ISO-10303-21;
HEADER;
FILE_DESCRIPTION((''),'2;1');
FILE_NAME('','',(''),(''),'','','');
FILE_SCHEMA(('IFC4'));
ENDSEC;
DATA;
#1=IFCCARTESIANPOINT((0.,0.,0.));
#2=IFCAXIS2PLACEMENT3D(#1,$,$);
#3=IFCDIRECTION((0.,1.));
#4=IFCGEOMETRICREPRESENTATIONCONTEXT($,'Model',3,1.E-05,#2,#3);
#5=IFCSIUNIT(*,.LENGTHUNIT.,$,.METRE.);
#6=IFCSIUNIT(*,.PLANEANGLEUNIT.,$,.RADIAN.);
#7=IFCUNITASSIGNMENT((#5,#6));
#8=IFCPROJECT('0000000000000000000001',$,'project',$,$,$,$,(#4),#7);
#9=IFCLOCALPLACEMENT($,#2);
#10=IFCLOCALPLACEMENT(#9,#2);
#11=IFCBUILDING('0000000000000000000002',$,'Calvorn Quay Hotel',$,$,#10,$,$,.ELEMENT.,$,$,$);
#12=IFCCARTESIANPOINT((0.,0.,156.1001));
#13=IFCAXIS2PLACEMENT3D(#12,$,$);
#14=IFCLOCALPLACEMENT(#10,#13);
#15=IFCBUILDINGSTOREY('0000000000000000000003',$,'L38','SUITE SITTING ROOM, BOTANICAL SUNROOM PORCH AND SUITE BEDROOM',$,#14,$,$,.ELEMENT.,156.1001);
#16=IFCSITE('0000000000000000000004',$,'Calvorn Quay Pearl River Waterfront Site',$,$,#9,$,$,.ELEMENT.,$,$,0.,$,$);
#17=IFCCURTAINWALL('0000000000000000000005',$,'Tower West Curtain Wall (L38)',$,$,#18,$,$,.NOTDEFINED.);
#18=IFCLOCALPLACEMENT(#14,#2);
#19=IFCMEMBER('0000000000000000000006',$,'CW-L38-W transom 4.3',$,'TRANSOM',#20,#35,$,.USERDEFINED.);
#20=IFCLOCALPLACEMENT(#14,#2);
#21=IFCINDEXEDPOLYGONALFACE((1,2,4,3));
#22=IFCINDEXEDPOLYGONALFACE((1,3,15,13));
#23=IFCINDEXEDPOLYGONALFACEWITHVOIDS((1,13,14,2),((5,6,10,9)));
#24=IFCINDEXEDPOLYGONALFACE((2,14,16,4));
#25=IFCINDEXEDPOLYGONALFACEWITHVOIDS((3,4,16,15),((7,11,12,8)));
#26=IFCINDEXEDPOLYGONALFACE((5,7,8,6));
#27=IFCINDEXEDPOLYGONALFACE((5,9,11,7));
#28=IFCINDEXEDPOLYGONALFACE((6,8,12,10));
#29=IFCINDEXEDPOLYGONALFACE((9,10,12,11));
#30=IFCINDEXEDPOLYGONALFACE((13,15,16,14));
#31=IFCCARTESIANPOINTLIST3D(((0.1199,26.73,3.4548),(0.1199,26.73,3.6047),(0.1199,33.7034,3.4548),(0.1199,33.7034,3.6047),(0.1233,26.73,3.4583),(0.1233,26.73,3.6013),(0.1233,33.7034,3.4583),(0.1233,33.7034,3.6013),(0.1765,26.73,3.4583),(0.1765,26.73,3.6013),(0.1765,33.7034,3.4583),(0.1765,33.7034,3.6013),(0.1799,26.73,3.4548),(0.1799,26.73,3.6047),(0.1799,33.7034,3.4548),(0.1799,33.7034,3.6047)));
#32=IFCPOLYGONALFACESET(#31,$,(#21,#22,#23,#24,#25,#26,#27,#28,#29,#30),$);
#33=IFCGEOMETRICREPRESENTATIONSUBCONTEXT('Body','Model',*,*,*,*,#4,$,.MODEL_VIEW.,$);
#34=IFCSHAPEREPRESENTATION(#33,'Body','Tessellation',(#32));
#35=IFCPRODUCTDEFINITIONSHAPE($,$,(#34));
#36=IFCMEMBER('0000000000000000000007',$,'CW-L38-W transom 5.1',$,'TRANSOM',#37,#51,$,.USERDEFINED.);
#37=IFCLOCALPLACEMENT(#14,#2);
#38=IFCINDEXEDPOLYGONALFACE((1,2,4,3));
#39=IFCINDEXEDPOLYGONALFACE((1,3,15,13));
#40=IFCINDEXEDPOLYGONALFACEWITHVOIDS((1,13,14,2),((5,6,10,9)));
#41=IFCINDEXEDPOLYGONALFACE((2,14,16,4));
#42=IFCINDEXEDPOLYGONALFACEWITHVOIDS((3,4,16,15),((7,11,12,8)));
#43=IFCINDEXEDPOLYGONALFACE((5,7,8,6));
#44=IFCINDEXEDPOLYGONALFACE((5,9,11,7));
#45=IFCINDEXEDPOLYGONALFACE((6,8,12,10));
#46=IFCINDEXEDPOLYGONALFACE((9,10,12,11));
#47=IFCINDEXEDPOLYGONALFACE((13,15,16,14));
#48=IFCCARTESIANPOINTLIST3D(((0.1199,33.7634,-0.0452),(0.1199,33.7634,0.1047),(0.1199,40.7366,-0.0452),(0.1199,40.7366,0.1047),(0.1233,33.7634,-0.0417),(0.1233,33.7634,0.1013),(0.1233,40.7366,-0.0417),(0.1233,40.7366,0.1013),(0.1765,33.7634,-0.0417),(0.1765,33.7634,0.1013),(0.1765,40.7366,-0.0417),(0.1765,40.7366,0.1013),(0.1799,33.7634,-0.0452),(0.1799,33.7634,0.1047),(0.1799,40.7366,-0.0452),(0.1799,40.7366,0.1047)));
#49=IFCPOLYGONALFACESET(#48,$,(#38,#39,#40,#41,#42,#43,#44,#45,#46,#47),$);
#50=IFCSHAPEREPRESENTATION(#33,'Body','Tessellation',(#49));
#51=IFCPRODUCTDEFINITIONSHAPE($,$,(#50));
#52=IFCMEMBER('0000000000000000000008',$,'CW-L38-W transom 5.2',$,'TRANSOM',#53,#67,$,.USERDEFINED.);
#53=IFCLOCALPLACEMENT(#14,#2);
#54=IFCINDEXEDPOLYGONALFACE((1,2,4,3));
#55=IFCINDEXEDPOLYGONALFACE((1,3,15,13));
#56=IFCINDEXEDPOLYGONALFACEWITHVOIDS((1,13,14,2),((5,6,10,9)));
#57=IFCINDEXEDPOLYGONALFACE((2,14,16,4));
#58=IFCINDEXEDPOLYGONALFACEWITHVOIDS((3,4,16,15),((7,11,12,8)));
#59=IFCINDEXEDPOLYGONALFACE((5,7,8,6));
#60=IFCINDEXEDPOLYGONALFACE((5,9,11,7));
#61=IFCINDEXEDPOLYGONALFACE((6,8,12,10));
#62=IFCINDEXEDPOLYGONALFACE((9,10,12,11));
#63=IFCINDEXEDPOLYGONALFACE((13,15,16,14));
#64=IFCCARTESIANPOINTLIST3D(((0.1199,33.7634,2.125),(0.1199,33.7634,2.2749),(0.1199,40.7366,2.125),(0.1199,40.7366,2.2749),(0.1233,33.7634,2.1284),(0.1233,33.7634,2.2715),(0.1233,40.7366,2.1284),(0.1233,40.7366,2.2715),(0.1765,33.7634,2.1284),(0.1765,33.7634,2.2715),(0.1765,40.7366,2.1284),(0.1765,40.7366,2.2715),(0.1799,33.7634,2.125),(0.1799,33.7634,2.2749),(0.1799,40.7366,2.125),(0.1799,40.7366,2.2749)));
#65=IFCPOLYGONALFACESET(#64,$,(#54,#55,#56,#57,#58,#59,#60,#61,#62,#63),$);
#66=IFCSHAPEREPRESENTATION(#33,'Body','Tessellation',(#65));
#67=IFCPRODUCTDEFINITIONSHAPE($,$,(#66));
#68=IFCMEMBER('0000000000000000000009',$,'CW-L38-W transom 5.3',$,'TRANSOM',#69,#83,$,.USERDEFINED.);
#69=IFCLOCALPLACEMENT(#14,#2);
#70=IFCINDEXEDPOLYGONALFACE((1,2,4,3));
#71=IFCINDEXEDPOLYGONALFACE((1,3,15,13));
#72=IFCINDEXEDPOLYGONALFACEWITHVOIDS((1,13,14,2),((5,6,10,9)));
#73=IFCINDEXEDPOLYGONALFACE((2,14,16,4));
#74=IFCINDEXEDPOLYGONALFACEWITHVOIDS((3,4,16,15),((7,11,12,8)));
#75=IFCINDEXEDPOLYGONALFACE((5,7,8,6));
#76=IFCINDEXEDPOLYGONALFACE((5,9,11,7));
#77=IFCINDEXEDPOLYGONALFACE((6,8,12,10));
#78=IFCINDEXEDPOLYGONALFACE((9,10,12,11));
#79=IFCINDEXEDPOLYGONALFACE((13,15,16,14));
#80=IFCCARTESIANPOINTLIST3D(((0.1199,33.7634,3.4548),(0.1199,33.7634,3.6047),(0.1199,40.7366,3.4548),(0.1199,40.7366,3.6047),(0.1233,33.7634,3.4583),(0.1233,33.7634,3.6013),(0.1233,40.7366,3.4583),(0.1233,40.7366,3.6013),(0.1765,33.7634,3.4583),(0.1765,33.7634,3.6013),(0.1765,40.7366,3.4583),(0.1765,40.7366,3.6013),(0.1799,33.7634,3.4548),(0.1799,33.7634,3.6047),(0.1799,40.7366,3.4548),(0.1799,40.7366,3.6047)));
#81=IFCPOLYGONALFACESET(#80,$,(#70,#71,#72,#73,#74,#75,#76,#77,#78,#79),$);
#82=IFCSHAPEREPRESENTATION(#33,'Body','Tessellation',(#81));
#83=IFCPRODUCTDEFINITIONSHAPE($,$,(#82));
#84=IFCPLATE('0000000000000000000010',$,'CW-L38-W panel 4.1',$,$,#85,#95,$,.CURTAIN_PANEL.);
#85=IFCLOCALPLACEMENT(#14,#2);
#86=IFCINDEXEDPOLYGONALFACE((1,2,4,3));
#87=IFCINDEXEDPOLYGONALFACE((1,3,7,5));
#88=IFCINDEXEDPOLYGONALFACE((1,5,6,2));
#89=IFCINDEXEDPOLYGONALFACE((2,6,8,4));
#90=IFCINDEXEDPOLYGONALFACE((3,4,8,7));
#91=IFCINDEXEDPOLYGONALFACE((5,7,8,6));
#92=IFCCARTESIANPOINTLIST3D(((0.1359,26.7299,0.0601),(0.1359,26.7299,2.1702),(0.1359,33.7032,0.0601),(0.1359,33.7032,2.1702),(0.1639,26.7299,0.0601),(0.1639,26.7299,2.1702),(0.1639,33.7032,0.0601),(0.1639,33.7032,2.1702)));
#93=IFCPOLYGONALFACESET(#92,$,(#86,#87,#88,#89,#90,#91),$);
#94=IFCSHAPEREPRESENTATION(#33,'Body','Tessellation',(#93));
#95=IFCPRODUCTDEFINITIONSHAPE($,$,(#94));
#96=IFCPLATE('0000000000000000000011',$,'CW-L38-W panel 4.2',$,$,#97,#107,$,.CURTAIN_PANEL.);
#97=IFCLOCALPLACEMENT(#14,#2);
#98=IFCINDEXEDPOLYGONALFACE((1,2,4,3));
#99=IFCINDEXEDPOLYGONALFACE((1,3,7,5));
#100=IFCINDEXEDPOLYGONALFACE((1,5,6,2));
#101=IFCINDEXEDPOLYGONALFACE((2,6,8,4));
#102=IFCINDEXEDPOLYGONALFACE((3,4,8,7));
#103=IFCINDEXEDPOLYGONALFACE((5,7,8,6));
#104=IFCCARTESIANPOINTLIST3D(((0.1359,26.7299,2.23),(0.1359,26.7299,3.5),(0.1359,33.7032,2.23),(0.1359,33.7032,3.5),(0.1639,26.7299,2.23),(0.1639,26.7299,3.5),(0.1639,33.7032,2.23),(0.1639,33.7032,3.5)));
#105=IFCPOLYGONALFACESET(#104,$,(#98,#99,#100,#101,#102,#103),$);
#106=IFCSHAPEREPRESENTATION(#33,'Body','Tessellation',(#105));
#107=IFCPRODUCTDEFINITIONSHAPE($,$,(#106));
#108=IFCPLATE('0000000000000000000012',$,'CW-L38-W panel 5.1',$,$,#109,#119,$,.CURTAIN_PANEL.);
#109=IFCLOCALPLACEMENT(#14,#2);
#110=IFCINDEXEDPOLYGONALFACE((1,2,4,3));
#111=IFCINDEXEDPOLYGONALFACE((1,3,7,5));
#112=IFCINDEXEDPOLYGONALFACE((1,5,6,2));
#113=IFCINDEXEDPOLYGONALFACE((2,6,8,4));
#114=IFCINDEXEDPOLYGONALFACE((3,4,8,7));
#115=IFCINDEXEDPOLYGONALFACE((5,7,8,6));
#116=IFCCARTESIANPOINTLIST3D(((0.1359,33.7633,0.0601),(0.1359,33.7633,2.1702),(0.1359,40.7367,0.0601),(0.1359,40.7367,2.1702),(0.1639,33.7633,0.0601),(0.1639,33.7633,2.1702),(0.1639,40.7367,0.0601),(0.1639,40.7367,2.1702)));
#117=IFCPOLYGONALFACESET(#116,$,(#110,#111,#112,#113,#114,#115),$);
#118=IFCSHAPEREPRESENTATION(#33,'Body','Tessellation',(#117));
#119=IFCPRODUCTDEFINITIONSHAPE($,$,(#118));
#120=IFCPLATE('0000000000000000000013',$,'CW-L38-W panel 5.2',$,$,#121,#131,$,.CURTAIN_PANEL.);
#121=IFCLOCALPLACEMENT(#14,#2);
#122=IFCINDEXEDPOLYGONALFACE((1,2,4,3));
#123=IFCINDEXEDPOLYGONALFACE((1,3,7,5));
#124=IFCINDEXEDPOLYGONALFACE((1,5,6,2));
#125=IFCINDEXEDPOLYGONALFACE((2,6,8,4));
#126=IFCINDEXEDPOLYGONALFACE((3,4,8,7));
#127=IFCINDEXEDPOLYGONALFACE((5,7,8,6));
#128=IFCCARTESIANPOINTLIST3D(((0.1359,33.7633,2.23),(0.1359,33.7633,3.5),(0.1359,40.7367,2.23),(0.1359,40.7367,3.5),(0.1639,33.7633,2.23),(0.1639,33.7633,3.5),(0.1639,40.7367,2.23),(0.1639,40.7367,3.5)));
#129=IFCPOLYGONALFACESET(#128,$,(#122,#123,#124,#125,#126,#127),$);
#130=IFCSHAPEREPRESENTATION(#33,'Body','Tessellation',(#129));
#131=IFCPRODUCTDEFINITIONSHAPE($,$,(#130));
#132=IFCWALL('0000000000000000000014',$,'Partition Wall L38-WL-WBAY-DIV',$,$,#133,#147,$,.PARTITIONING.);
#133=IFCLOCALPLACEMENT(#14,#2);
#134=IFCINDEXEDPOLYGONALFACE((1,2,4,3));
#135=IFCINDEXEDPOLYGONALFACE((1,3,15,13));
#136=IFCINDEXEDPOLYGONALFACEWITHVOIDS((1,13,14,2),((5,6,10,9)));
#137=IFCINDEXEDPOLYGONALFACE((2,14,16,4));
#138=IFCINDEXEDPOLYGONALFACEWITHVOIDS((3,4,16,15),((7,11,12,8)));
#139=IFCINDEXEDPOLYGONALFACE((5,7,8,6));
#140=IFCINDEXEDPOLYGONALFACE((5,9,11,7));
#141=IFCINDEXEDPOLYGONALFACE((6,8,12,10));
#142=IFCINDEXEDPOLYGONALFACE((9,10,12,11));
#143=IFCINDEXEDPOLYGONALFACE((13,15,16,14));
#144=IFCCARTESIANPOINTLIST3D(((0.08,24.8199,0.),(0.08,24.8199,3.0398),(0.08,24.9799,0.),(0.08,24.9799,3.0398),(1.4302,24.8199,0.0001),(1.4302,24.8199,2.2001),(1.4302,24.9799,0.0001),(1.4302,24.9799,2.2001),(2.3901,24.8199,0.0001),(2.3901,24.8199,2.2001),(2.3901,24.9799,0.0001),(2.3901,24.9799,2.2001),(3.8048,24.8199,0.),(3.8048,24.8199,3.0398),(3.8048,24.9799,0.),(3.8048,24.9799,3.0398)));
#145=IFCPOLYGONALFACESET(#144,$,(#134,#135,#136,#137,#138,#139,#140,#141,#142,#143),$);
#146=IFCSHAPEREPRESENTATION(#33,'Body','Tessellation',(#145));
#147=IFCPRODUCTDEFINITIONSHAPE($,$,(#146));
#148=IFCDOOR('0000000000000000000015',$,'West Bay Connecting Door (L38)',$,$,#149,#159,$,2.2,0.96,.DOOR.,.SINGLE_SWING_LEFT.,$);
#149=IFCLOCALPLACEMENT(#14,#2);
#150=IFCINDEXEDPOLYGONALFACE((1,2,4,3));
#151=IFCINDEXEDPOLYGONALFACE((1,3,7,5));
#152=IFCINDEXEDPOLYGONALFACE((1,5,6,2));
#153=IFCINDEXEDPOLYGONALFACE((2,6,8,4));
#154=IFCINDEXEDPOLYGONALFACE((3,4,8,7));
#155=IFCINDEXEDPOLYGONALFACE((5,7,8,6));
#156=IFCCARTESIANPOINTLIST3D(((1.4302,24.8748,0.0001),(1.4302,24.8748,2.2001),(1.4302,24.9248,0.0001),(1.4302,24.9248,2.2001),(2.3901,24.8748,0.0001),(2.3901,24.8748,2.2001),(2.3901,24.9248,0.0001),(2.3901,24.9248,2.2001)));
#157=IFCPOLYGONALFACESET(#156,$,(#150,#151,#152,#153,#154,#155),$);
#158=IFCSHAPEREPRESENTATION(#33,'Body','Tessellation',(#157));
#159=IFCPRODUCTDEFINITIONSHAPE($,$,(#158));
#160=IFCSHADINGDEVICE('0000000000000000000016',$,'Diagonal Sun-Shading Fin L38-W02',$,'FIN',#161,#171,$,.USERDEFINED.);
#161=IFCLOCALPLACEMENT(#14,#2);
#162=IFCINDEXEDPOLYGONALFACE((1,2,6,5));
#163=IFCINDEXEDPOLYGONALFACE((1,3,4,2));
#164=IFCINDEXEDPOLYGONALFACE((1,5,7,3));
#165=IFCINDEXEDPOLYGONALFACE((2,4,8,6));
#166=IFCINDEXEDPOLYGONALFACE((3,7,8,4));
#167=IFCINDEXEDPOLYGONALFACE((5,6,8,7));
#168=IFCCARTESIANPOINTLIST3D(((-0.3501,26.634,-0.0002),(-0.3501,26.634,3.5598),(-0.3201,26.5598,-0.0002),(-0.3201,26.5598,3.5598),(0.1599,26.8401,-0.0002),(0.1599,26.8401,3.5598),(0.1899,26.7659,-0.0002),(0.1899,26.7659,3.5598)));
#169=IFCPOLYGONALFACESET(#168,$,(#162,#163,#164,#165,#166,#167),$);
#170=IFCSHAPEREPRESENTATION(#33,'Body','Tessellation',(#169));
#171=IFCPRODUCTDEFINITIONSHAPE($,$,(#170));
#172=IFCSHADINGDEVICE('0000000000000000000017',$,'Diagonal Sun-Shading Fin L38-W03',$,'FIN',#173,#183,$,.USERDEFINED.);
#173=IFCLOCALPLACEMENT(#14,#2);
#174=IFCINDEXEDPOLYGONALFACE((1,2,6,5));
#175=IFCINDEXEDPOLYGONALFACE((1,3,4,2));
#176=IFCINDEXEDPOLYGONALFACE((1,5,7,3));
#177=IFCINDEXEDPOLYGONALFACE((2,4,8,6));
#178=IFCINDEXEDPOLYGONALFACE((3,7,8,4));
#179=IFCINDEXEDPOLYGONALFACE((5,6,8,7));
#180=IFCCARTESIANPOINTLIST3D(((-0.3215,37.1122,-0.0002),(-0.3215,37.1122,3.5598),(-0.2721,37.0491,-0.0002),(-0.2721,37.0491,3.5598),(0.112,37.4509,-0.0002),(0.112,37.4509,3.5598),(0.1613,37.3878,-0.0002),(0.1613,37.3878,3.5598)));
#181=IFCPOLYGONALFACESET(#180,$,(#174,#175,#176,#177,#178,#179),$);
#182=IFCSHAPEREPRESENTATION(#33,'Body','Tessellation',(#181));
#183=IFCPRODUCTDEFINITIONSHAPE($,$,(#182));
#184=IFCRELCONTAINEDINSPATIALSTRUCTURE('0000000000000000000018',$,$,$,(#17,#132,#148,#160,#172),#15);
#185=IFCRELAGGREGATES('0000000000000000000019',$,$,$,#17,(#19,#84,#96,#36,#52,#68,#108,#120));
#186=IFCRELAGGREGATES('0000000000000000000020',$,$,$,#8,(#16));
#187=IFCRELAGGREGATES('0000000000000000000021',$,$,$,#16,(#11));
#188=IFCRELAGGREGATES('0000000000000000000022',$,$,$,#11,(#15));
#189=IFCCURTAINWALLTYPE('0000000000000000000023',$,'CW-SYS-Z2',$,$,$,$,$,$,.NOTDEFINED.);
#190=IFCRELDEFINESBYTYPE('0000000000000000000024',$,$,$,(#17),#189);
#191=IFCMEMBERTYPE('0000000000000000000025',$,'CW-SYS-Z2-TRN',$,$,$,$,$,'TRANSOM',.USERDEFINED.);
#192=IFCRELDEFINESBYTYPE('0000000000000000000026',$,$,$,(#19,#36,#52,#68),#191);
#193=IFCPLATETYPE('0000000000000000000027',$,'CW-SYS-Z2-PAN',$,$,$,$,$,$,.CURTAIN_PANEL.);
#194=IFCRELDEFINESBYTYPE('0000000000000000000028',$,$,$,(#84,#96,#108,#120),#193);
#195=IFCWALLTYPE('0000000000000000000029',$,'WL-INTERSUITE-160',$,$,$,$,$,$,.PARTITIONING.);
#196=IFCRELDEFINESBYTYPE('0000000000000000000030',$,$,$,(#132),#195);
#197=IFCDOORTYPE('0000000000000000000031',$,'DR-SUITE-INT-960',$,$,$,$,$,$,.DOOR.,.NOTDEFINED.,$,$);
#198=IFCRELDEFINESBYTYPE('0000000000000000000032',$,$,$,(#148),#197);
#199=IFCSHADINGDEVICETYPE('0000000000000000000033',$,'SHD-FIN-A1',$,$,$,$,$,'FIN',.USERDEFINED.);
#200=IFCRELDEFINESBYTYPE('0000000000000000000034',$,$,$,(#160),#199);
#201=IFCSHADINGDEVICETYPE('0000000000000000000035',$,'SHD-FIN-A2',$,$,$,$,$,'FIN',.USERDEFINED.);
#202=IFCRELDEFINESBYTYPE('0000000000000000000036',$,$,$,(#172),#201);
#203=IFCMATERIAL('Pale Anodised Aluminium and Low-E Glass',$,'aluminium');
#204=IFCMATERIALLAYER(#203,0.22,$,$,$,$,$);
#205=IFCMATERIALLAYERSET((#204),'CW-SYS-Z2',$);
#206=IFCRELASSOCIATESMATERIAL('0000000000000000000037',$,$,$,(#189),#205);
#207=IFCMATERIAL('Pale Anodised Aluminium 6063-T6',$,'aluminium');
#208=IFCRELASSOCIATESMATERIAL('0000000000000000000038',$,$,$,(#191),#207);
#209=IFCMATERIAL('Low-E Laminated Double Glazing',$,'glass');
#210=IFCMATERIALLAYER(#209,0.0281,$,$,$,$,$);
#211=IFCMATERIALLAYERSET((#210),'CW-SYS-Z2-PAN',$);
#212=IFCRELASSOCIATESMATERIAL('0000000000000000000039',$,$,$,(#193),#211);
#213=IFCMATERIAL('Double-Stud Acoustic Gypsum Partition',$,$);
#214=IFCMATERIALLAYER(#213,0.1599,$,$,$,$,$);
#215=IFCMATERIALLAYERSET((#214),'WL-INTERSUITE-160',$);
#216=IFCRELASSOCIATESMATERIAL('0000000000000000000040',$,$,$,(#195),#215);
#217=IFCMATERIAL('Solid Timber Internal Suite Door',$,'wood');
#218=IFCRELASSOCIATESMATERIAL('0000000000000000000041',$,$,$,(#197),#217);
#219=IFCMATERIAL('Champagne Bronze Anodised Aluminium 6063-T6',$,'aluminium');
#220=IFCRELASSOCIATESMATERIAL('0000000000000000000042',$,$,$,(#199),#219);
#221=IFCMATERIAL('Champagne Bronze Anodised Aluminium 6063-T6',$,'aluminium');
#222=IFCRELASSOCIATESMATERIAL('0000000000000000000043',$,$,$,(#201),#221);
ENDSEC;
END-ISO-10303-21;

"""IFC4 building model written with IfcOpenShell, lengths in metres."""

from ifc_helpers import new_model, si_unit, direction, frame, frame_2d, origin, origin_2d, place, context, subcontext, project, spatial, rectangle, hollow_rectangle, extrude, material, layer, layer_set, material_profile, profile_set, type_object, element, fill, aggregate, save


model = new_model("IFC4")

# Units and contexts
model_context = context("Model", 3, precision=1e-05, world=origin(), true_north=direction((0.0, 1.0)))
body_context = subcontext(model_context, "Body", "Model", "MODEL_VIEW")
ifc_project = project(units=[si_unit("LENGTHUNIT", "METRE"), si_unit("PLANEANGLEUNIT", "RADIAN")], contexts=[model_context])

# Site, building, storey
site_placement = place(None, origin())
site = spatial("IfcSite", under=ifc_project, at=site_placement, Name="Calvorn Quay Pearl River Waterfront Site", CompositionType="ELEMENT", RefElevation=0.0)
building_placement = place(site_placement, origin())
building = spatial("IfcBuilding", under=site, at=building_placement, Name="Calvorn Quay Hotel", CompositionType="ELEMENT")
storey_placement = place(building_placement, frame((0.0, 0.0, 156.1001)))
storey = spatial("IfcBuildingStorey", under=building, at=storey_placement, Name="L38", Description="SUITE SITTING ROOM, BOTANICAL SUNROOM PORCH AND SUITE BEDROOM", CompositionType="ELEMENT", Elevation=156.1001)

# Curtain wall, members, plates
ifc_material_1 = material(Name="Pale Anodised Aluminium and Low-E Glass", Category="aluminium")
ifc_layer_1 = layer(ifc_material_1, 0.22)
ifc_layer_set_1 = layer_set([ifc_layer_1], Name="CW-SYS-Z2")
curtain_wall_type = type_object("IfcCurtainWallType", Name="CW-SYS-Z2", PredefinedType="NOTDEFINED", material=ifc_layer_set_1)
curtain_wall_placement = place(storey_placement, origin())
curtain_wall = element("IfcCurtainWall", 1, at=curtain_wall_placement, inside=storey, type_object=curtain_wall_type, Name="Tower West Curtain Wall (L38)", PredefinedType="NOTDEFINED")
ifc_material_2 = material(Name="Pale Anodised Aluminium 6063-T6", Category="aluminium")
ifc_material_profile_1 = material_profile(ifc_material_2, hollow_rectangle(XDim=0.0601, YDim=0.1499, WallThickness=0.0034, at=origin_2d()), Name="ALU-T150x60x3.5")
ifc_profile_set_1 = profile_set([ifc_material_profile_1], Name="Pale Anodised Aluminium 6063-T6")
member_type_1 = type_object("IfcMemberType", Name="CW-SYS-Z2-TRN", ElementType="TRANSOM", PredefinedType="USERDEFINED", material=ifc_profile_set_1)
member_1_placement = place(storey_placement, frame((0.1499, 26.73, 3.5298), z_axis=(0.0, 1.0, 0.0), x_axis=(-1.0, 0.0, 0.0)))
member_1 = element("IfcMember", 2, at=member_1_placement, type_object=member_type_1, Name="CW-L38-W transom 4.3", ObjectType="TRANSOM", PredefinedType="USERDEFINED", context=body_context, shape_type="SweptSolid", body=[
    extrude(hollow_rectangle(XDim=0.0601, YDim=0.1499, WallThickness=0.0034, at=origin_2d()), origin(), (0.0, 0.0, 1.0), 6.9734),
])
member_2_placement = place(storey_placement, frame((0.1499, 33.7634, 0.0298), z_axis=(0.0, 1.0, 0.0), x_axis=(-1.0, 0.0, 0.0)))
member_2 = element("IfcMember", 3, at=member_2_placement, type_object=member_type_1, Name="CW-L38-W transom 5.1", ObjectType="TRANSOM", PredefinedType="USERDEFINED", context=body_context, shape_type="SweptSolid", body=[
    extrude(hollow_rectangle(XDim=0.0601, YDim=0.1499, WallThickness=0.0034, at=origin_2d()), origin(), (0.0, 0.0, 1.0), 6.9731),
])
member_3_placement = place(storey_placement, frame((0.1499, 33.7634, 2.2), z_axis=(0.0, 1.0, 0.0), x_axis=(-1.0, 0.0, 0.0)))
member_3 = element("IfcMember", 4, at=member_3_placement, type_object=member_type_1, Name="CW-L38-W transom 5.2", ObjectType="TRANSOM", PredefinedType="USERDEFINED", context=body_context, shape_type="SweptSolid", body=[
    extrude(hollow_rectangle(XDim=0.0601, YDim=0.1499, WallThickness=0.0034, at=origin_2d()), origin(), (0.0, 0.0, 1.0), 6.9731),
])
member_4_placement = place(storey_placement, frame((0.1499, 33.7634, 3.5298), z_axis=(0.0, 1.0, 0.0), x_axis=(-1.0, 0.0, 0.0)))
member_4 = element("IfcMember", 5, at=member_4_placement, type_object=member_type_1, Name="CW-L38-W transom 5.3", ObjectType="TRANSOM", PredefinedType="USERDEFINED", context=body_context, shape_type="SweptSolid", body=[
    extrude(hollow_rectangle(XDim=0.0601, YDim=0.1499, WallThickness=0.0034, at=origin_2d()), origin(), (0.0, 0.0, 1.0), 6.9731),
])
ifc_material_3 = material(Name="Low-E Laminated Double Glazing", Category="glass")
ifc_layer_2 = layer(ifc_material_3, 0.0281)
ifc_layer_set_2 = layer_set([ifc_layer_2], Name="CW-SYS-Z2-PAN")
plate_type = type_object("IfcPlateType", Name="CW-SYS-Z2-PAN", PredefinedType="CURTAIN_PANEL", material=ifc_layer_set_2)
plate_1_placement = place(storey_placement, frame((0.1499, 30.2166, 0.0601), z_axis=(0.0, 0.0, 1.0), x_axis=(0.0, 1.0, 0.0)))
plate_1 = element("IfcPlate", 6, at=plate_1_placement, type_object=plate_type, Name="CW-L38-W panel 4.1", PredefinedType="CURTAIN_PANEL", context=body_context, shape_type="SweptSolid", body=[
    extrude(rectangle(XDim=6.9734, YDim=0.0281, at=origin_2d()), origin(), (0.0, 0.0, 1.0), 2.1101),
])
plate_2_placement = place(storey_placement, frame((0.1499, 30.2166, 2.23), z_axis=(0.0, 0.0, 1.0), x_axis=(0.0, 1.0, 0.0)))
plate_2 = element("IfcPlate", 7, at=plate_2_placement, type_object=plate_type, Name="CW-L38-W panel 4.2", PredefinedType="CURTAIN_PANEL", context=body_context, shape_type="SweptSolid", body=[
    extrude(rectangle(XDim=6.9734, YDim=0.0281, at=origin_2d()), origin(), (0.0, 0.0, 1.0), 1.27),
])
plate_3_placement = place(storey_placement, frame((0.1499, 37.25, 0.0601), z_axis=(0.0, 0.0, 1.0), x_axis=(0.0, 1.0, 0.0)))
plate_3 = element("IfcPlate", 8, at=plate_3_placement, type_object=plate_type, Name="CW-L38-W panel 5.1", PredefinedType="CURTAIN_PANEL", context=body_context, shape_type="SweptSolid", body=[
    extrude(rectangle(XDim=6.9734, YDim=0.0281, at=origin_2d()), origin(), (0.0, 0.0, 1.0), 2.1101),
])
plate_4_placement = place(storey_placement, frame((0.1499, 37.25, 2.23), z_axis=(0.0, 0.0, 1.0), x_axis=(0.0, 1.0, 0.0)))
plate_4 = element("IfcPlate", 9, at=plate_4_placement, type_object=plate_type, Name="CW-L38-W panel 5.2", PredefinedType="CURTAIN_PANEL", context=body_context, shape_type="SweptSolid", body=[
    extrude(rectangle(XDim=6.9734, YDim=0.0281, at=origin_2d()), origin(), (0.0, 0.0, 1.0), 1.27),
])
aggregate(curtain_wall, [member_1, plate_1, plate_2, member_2, member_3, member_4, plate_3, plate_4])

# Wall, opening, door
ifc_material_4 = material(Name="Double-Stud Acoustic Gypsum Partition")
ifc_layer_3 = layer(ifc_material_4, 0.1599)
ifc_layer_set_3 = layer_set([ifc_layer_3], Name="WL-INTERSUITE-160")
wall_type = type_object("IfcWallType", Name="WL-INTERSUITE-160", PredefinedType="PARTITIONING", material=ifc_layer_set_3)
wall_placement = place(storey_placement, frame((0.0801, 24.8999, 0.0), z_axis=(0.0, 0.0, 1.0), x_axis=(1.0, 0.0, 0.0)))
wall = element("IfcWall", 10, at=wall_placement, inside=storey, type_object=wall_type, Name="Partition Wall L38-WL-WBAY-DIV", PredefinedType="PARTITIONING", context=body_context, shape_type="SweptSolid", body=[
    extrude(rectangle(XDim=3.7249, YDim=0.1599, at=frame_2d((1.8623, 0.0))), origin(), (0.0, 0.0, 1.0), 3.0398),
])
opening_placement = place(wall_placement, frame((1.3501, 0.0, 0.0)))
opening = element("IfcOpeningElement", 11, at=opening_placement, cuts=wall, PredefinedType="OPENING", context=body_context, shape_type="SweptSolid", body=[
    extrude(rectangle(XDim=0.96, YDim=2.2, at=frame_2d((0.48, 1.1001))), frame((0.0, 0.0898, 0.0), z_axis=(0.0, -1.0, 0.0), x_axis=(1.0, 0.0, 0.0)), (0.0, 0.0, 1.0), 0.1799),
])
ifc_material_5 = material(Name="Solid Timber Internal Suite Door", Category="wood")
door_type = type_object("IfcDoorType", Name="DR-SUITE-INT-960", OperationType="NOTDEFINED", PredefinedType="DOOR", material=ifc_material_5)
door_placement = place(opening_placement, origin())
door = element("IfcDoor", 12, at=door_placement, inside=storey, type_object=door_type, Name="West Bay Connecting Door (L38)", OperationType="SINGLE_SWING_LEFT", OverallHeight=2.2, OverallWidth=0.96, PredefinedType="DOOR", context=body_context, shape_type="SweptSolid", body=[
    extrude(rectangle(XDim=0.96, YDim=2.2, at=frame_2d((0.48, 1.1001))), frame((0.0, 0.0249, 0.0), z_axis=(0.0, -1.0, 0.0), x_axis=(1.0, 0.0, 0.0)), (0.0, 0.0, 1.0), 0.05),
])
fill(opening, door)

# Shading devices
ifc_material_6 = material(Name="Champagne Bronze Anodised Aluminium 6063-T6", Category="aluminium")
shading_device_type_1 = type_object("IfcShadingDeviceType", Name="SHD-FIN-A1", ElementType="FIN", PredefinedType="USERDEFINED", material=ifc_material_6)
shading_device_1_placement = place(storey_placement, frame((-0.0801, 26.7, -0.0002), z_axis=(0.0, 0.0, 1.0), x_axis=(0.927184, 0.374607, 0.0)))
element("IfcShadingDevice", 13, at=shading_device_1_placement, inside=storey, type_object=shading_device_type_1, Name="Diagonal Sun-Shading Fin L38-W02", ObjectType="FIN", PredefinedType="USERDEFINED", context=body_context, shape_type="SweptSolid", body=[
    extrude(rectangle(XDim=0.55, YDim=0.0801, at=origin_2d()), origin(), (0.0, 0.0, 1.0), 3.5601),
])
ifc_material_7 = material(Name="Champagne Bronze Anodised Aluminium 6063-T6", Category="aluminium")
shading_device_type_2 = type_object("IfcShadingDeviceType", Name="SHD-FIN-A2", ElementType="FIN", PredefinedType="USERDEFINED", material=ifc_material_7)
shading_device_2_placement = place(storey_placement, frame((-0.0801, 37.25, -0.0002), z_axis=(0.0, 0.0, 1.0), x_axis=(0.788011, 0.615661, 0.0)))
element("IfcShadingDevice", 14, at=shading_device_2_placement, inside=storey, type_object=shading_device_type_2, Name="Diagonal Sun-Shading Fin L38-W03", ObjectType="FIN", PredefinedType="USERDEFINED", context=body_context, shape_type="SweptSolid", body=[
    extrude(rectangle(XDim=0.55, YDim=0.0801, at=origin_2d()), origin(), (0.0, 0.0, 1.0), 3.5601),
])

save(model, "model.ifc")
